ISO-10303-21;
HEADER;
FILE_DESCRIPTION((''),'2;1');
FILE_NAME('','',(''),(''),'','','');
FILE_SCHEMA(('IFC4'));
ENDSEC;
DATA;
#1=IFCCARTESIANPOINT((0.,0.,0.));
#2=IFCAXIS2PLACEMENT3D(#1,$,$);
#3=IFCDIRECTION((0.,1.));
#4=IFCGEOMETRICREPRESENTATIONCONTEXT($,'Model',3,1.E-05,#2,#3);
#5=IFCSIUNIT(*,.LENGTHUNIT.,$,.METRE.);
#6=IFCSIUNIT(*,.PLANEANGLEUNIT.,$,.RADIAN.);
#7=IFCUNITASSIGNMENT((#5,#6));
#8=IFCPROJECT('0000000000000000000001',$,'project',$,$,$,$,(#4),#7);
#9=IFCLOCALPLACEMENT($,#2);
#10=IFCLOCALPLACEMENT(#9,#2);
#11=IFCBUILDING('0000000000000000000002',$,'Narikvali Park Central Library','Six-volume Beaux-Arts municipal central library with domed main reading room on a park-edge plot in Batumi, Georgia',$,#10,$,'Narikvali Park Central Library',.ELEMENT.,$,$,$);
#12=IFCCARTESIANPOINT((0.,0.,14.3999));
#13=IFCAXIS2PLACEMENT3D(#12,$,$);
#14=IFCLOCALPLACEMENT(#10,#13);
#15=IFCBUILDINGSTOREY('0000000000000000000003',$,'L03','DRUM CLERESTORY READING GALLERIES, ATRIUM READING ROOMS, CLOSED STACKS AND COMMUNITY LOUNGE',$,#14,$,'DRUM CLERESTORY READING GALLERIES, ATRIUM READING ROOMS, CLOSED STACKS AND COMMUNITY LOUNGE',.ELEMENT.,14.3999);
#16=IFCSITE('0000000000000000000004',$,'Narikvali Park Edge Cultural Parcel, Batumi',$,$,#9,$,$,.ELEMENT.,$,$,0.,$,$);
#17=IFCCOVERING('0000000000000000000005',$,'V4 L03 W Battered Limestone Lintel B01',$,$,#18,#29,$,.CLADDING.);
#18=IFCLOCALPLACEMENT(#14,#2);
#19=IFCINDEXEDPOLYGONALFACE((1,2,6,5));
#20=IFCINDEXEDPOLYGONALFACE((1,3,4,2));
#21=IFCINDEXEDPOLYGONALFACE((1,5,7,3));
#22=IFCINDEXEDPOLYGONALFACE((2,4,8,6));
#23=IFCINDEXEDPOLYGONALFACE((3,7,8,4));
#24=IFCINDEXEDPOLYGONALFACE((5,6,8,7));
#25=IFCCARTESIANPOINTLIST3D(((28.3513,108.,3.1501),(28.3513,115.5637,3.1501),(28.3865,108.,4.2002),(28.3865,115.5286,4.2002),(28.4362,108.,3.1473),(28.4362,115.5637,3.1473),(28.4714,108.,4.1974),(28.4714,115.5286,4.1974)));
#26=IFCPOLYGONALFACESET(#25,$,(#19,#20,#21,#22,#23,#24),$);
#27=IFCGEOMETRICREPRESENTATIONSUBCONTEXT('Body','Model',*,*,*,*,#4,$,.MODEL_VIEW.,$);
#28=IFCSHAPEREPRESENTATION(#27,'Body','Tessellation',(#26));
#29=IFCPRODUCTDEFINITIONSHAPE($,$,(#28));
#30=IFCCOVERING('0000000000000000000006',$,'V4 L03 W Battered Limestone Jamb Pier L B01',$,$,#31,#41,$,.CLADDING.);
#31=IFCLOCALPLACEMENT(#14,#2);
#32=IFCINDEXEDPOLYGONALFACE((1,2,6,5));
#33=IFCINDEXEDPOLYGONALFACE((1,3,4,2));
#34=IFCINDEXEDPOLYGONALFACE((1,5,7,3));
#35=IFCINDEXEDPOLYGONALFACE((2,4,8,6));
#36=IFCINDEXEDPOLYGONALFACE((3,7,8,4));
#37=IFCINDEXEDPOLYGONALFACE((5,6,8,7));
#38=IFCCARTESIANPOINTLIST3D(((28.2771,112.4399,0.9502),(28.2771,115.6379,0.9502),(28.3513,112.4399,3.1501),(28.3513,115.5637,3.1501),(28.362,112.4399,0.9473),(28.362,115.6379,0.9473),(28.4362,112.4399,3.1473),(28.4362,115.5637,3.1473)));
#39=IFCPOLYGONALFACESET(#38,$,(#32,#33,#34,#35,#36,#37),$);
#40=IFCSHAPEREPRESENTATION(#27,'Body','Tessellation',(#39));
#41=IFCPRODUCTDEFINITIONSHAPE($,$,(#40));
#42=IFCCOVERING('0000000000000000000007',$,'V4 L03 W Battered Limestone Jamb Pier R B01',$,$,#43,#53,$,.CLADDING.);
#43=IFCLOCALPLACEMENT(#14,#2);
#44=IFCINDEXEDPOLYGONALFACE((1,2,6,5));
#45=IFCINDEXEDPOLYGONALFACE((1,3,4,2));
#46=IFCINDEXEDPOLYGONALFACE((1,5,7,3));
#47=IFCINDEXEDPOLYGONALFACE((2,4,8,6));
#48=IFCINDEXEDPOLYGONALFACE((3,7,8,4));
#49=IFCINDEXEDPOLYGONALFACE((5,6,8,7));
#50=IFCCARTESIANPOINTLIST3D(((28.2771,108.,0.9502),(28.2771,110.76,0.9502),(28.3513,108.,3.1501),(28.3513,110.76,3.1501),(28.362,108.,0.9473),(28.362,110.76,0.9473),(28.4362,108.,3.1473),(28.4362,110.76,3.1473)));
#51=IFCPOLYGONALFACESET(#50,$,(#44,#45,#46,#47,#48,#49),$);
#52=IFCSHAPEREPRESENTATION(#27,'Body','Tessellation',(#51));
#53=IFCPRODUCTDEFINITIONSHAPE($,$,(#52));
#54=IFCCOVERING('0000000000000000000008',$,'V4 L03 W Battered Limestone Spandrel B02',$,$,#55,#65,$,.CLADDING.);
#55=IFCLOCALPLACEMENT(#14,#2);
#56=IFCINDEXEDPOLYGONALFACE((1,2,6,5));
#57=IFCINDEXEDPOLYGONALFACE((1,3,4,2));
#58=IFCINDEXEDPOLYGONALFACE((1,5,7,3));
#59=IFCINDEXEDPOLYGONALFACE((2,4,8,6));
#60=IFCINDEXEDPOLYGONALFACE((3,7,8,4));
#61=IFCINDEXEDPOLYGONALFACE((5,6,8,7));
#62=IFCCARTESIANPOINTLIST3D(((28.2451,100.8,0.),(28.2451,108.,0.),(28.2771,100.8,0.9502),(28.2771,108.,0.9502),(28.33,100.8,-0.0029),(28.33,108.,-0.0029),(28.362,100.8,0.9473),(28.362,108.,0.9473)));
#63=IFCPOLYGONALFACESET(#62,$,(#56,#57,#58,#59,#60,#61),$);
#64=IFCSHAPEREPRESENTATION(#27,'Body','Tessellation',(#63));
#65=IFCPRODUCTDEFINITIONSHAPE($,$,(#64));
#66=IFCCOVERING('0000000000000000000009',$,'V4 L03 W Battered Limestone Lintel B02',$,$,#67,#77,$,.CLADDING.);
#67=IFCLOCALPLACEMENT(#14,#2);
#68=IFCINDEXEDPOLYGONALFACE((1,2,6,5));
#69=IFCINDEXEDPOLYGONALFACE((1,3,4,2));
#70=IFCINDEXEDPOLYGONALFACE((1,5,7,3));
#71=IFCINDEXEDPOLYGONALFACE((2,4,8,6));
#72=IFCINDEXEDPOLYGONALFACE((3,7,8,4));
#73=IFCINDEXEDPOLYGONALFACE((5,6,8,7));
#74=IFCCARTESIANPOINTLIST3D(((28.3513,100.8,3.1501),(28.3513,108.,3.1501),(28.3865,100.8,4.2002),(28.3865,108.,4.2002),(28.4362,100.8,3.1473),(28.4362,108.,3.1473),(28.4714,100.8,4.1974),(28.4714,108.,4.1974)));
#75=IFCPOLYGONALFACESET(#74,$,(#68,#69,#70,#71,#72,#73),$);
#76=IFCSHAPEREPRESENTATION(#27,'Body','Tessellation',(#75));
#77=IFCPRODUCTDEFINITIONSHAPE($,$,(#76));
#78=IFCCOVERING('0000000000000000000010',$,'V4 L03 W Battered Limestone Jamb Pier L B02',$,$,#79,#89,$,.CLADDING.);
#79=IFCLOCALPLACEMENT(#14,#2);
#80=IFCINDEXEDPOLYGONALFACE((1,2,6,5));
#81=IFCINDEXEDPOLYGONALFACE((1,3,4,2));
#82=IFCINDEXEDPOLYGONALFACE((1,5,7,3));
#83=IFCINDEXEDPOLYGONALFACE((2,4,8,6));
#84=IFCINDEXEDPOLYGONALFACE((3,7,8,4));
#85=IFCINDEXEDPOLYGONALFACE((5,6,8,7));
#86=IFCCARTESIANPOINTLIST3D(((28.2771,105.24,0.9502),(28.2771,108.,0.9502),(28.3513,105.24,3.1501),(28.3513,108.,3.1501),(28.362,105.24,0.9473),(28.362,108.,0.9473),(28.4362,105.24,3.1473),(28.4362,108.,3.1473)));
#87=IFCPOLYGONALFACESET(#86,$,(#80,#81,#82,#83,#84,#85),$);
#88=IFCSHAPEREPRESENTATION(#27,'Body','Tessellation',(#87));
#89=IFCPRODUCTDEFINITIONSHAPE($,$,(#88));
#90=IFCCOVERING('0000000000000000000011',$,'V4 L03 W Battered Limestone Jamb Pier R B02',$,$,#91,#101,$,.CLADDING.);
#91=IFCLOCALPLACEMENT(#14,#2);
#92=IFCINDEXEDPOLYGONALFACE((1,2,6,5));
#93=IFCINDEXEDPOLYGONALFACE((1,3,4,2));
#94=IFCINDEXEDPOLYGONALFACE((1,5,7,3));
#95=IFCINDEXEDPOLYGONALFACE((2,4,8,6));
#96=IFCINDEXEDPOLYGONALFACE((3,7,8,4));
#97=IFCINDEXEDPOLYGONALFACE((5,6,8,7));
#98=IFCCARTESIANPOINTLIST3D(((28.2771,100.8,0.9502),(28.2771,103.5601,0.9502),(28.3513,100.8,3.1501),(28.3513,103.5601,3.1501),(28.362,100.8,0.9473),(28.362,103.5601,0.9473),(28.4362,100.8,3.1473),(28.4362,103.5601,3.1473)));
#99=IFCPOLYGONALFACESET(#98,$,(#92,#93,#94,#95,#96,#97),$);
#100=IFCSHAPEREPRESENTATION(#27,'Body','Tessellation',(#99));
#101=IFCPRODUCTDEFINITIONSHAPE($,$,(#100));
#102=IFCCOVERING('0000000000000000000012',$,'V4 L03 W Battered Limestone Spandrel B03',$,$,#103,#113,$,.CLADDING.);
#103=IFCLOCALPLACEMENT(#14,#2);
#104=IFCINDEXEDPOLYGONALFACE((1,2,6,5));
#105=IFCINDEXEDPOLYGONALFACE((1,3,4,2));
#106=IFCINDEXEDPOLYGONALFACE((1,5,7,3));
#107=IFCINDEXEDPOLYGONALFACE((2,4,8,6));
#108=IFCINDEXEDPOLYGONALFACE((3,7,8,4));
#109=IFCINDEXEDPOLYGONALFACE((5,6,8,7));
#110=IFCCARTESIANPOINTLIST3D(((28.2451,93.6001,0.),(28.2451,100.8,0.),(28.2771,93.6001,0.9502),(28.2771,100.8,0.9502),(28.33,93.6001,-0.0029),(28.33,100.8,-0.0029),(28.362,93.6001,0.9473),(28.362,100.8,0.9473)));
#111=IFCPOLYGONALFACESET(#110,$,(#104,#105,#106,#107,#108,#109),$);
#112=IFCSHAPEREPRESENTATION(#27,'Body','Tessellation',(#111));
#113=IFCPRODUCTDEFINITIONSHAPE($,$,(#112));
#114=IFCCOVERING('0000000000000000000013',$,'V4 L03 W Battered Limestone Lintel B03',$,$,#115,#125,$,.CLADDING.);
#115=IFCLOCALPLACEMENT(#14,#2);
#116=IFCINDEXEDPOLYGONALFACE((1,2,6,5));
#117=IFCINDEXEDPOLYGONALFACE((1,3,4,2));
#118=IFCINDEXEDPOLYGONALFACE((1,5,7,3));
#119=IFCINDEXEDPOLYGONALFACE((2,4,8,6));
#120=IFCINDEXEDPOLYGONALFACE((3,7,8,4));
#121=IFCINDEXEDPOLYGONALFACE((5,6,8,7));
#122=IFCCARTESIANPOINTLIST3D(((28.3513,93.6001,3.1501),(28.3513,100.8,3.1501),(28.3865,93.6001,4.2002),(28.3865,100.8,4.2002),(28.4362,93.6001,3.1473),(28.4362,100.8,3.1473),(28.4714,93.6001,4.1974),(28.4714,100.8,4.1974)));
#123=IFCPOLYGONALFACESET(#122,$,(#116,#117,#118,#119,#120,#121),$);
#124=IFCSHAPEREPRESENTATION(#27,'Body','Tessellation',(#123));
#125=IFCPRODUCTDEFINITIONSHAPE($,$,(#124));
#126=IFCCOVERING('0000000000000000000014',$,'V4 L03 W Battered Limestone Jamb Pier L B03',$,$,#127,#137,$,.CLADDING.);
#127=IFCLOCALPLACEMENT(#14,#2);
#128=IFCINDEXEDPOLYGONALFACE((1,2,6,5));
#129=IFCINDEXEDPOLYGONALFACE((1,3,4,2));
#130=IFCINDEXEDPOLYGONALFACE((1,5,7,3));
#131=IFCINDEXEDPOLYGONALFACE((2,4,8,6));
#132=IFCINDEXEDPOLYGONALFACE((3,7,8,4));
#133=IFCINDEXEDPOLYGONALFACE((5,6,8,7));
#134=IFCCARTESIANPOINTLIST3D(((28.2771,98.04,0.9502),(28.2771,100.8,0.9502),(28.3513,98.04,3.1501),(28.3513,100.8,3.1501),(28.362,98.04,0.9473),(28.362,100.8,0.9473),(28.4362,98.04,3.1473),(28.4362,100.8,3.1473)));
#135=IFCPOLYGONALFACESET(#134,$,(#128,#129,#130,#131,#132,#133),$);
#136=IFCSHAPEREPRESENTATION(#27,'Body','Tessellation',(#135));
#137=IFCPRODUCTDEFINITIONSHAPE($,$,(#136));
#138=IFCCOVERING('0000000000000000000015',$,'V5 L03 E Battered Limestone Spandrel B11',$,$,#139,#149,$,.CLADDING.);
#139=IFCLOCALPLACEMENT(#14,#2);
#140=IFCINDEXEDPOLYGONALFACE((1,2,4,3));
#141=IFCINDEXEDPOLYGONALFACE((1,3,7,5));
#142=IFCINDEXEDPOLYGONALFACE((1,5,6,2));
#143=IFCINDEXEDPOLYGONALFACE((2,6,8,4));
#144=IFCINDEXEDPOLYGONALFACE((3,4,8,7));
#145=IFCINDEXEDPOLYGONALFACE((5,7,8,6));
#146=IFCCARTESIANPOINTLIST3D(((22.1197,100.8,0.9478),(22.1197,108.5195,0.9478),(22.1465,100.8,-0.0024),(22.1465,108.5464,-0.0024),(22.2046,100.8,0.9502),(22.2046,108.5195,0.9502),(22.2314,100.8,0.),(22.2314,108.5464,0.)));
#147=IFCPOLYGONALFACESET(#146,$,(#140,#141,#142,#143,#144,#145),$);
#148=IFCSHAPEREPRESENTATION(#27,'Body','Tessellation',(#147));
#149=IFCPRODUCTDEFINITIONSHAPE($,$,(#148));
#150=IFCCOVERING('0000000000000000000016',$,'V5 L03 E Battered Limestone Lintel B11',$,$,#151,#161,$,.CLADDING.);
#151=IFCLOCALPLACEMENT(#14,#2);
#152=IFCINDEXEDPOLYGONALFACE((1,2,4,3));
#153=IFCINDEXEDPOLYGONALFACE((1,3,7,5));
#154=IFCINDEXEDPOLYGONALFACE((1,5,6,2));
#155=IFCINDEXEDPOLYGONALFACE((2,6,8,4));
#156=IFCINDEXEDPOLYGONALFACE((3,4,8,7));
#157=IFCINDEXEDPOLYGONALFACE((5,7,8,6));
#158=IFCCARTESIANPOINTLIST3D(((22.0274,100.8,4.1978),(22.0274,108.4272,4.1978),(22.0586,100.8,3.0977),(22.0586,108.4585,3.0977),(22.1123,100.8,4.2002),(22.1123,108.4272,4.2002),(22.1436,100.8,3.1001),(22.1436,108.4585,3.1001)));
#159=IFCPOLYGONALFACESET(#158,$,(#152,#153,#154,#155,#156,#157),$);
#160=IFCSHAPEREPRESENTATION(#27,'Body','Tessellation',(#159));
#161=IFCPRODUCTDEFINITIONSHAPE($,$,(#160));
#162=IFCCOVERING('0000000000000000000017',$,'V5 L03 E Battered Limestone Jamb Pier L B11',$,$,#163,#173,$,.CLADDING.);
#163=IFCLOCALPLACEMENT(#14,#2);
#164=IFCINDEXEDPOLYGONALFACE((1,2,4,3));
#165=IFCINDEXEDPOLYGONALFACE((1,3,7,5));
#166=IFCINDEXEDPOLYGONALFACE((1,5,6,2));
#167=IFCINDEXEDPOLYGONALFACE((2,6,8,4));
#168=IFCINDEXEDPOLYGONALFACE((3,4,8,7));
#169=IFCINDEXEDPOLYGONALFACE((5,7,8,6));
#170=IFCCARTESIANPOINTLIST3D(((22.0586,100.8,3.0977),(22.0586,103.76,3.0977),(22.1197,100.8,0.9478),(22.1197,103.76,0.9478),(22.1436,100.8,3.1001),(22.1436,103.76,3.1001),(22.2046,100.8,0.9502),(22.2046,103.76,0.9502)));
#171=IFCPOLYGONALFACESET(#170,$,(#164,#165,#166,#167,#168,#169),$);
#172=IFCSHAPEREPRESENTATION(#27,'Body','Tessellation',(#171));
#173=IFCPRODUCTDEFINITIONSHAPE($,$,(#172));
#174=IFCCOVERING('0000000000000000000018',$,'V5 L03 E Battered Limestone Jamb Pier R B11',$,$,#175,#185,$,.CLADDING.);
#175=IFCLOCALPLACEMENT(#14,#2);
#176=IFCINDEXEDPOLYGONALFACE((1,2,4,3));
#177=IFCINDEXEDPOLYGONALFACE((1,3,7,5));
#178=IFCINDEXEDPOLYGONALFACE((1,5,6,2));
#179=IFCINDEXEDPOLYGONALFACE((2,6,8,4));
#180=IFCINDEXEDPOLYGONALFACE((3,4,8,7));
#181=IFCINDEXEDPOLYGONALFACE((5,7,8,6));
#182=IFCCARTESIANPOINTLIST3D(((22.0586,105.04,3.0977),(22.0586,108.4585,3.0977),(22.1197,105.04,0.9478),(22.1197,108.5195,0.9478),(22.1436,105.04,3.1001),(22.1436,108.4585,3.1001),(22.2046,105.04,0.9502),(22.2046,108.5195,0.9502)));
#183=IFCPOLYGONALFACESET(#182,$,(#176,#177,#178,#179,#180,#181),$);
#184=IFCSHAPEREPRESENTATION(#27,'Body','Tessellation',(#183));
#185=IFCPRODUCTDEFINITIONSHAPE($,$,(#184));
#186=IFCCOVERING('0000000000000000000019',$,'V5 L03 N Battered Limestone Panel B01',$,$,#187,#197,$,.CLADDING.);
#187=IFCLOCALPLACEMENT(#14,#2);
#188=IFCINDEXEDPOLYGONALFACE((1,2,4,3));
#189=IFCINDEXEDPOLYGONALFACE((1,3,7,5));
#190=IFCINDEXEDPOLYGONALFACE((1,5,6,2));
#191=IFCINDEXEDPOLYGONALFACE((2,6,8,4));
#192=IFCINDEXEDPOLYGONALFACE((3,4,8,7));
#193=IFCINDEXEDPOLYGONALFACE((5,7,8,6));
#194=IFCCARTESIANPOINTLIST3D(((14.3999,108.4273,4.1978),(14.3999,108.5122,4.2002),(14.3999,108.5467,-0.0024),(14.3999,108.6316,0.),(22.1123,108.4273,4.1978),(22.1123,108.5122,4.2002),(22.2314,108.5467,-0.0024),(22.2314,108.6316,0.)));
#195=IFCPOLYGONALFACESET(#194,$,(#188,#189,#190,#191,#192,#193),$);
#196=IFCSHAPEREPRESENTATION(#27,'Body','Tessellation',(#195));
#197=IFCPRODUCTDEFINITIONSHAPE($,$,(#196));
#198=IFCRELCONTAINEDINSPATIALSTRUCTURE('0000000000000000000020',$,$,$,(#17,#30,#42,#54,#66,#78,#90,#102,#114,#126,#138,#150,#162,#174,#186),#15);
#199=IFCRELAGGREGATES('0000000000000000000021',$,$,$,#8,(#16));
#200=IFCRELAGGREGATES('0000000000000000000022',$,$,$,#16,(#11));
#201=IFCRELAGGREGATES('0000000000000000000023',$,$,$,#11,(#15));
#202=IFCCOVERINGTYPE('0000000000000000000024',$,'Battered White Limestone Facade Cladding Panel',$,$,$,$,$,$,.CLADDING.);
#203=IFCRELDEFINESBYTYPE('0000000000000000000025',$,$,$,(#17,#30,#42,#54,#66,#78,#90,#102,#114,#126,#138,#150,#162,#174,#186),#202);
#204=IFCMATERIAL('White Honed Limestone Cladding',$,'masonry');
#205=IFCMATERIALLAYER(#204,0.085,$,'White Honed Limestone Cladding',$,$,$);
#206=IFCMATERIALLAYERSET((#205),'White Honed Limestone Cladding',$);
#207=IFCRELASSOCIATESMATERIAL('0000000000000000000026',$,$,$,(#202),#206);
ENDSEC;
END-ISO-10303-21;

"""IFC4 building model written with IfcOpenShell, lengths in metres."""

from ifc_helpers import new_model, si_unit, direction, frame, origin, place, context, subcontext, project, spatial, polyline, outline, extrude, material, layer, layer_set, type_object, element, save


model = new_model("IFC4")

# Units and contexts
model_context = context("Model", 3, precision=1e-05, world=origin(), true_north=direction((0.0, 1.0)))
body_context = subcontext(model_context, "Body", "Model", "MODEL_VIEW")
ifc_project = project(units=[si_unit("LENGTHUNIT", "METRE"), si_unit("PLANEANGLEUNIT", "RADIAN")], contexts=[model_context])

# Site, building, storey
site_placement = place(None, origin())
site = spatial("IfcSite", under=ifc_project, at=site_placement, Name="Narikvali Park Edge Cultural Parcel, Batumi", CompositionType="ELEMENT", RefElevation=0.0)
building_placement = place(site_placement, origin())
building = spatial("IfcBuilding", under=site, at=building_placement, Name="Narikvali Park Central Library", Description="Six-volume Beaux-Arts municipal central library with domed main reading room on a park-edge plot in Batumi, Georgia", LongName="Narikvali Park Central Library", CompositionType="ELEMENT")
storey_placement = place(building_placement, frame((0.0, 0.0, 14.3999)))
storey = spatial("IfcBuildingStorey", under=building, at=storey_placement, Name="L03", Description="DRUM CLERESTORY READING GALLERIES, ATRIUM READING ROOMS, CLOSED STACKS AND COMMUNITY LOUNGE", LongName="DRUM CLERESTORY READING GALLERIES, ATRIUM READING ROOMS, CLOSED STACKS AND COMMUNITY LOUNGE", CompositionType="ELEMENT", Elevation=14.3999)

# Coverings
ifc_material_1 = material(Name="White Honed Limestone Cladding", Category="masonry")
ifc_layer_1 = layer(ifc_material_1, 0.085, Name="White Honed Limestone Cladding")
ifc_layer_set_1 = layer_set([ifc_layer_1], Name="White Honed Limestone Cladding")
covering_type = type_object("IfcCoveringType", Name="Battered White Limestone Facade Cladding Panel", PredefinedType="CLADDING", material=ifc_layer_set_1)
covering_1_placement = place(storey_placement, frame((28.3513, 115.5637, 3.1501), z_axis=(-0.99944, 0.0, 0.033462), x_axis=(0.0, -1.0, 0.0)))
element("IfcCovering", 1, at=covering_1_placement, inside=storey, type_object=covering_type, Name="V4 L03 W Battered Limestone Lintel B01", PredefinedType="CLADDING", context=body_context, shape_type="SweptSolid", body=[
    extrude(outline(polyline([(0.0, 0.0), (7.5637, 0.0), (7.5637, 1.0506), (0.0352, 1.0506), (0.0, 0.0)])), origin(), (0.0, 0.0, -1.0), 0.085),
])
covering_2_placement = place(storey_placement, frame((28.2771, 115.6379, 0.9502), z_axis=(-0.999431, 0.0, 0.033717), x_axis=(0.0, -1.0, 0.0)))
element("IfcCovering", 2, at=covering_2_placement, inside=storey, type_object=covering_type, Name="V4 L03 W Battered Limestone Jamb Pier L B01", PredefinedType="CLADDING", context=body_context, shape_type="SweptSolid", body=[
    extrude(outline(polyline([(0.0, 0.0), (3.198, 0.0), (3.198, 2.2012), (0.0742, 2.2012), (0.0, 0.0)])), origin(), (0.0, 0.0, -1.0), 0.085),
])
covering_3_placement = place(storey_placement, frame((28.2771, 110.76, 0.9502), z_axis=(-0.999431, 0.0, 0.033717), x_axis=(0.0, -1.0, 0.0)))
element("IfcCovering", 3, at=covering_3_placement, inside=storey, type_object=covering_type, Name="V4 L03 W Battered Limestone Jamb Pier R B01", PredefinedType="CLADDING", context=body_context, shape_type="SweptSolid", body=[
    extrude(outline(polyline([(0.0, 0.0), (2.76, 0.0), (2.76, 2.2012), (0.0, 2.2012), (0.0, 0.0)])), origin(), (0.0, 0.0, -1.0), 0.085),
])
covering_4_placement = place(storey_placement, frame((28.2451, 108.0, 0.0), z_axis=(-0.999434, 0.0, 0.03364), x_axis=(0.0, -1.0, 0.0)))
element("IfcCovering", 4, at=covering_4_placement, inside=storey, type_object=covering_type, Name="V4 L03 W Battered Limestone Spandrel B02", PredefinedType="CLADDING", context=body_context, shape_type="SweptSolid", body=[
    extrude(outline(polyline([(0.0, 0.0), (7.2, 0.0), (7.2, 0.9507), (0.0, 0.9507), (0.0, 0.0)])), origin(), (0.0, 0.0, -1.0), 0.085),
])
covering_5_placement = place(storey_placement, frame((28.3513, 108.0, 3.1501), z_axis=(-0.99944, 0.0, 0.033462), x_axis=(0.0, -1.0, 0.0)))
element("IfcCovering", 5, at=covering_5_placement, inside=storey, type_object=covering_type, Name="V4 L03 W Battered Limestone Lintel B02", PredefinedType="CLADDING", context=body_context, shape_type="SweptSolid", body=[
    extrude(outline(polyline([(0.0, 0.0), (7.2, 0.0), (7.2, 1.0506), (0.0, 1.0506), (0.0, 0.0)])), origin(), (0.0, 0.0, -1.0), 0.085),
])
for number, where, z_axis, x_axis, name in (
    (6, (28.2771, 108.0, 0.9502), (-0.999431, 0.0, 0.033717), (0.0, -1.0, 0.0), "V4 L03 W Battered Limestone Jamb Pier L B02"),
    (7, (28.2771, 103.5601, 0.9502), (-0.999431, 0.0, 0.033717), (0.0, -1.0, 0.0), "V4 L03 W Battered Limestone Jamb Pier R B02"),
):
    element("IfcCovering", number, at=place(storey_placement, frame(where, z_axis=z_axis, x_axis=x_axis)), inside=storey, type_object=covering_type, Name=name, PredefinedType="CLADDING", context=body_context, shape_type="SweptSolid", body=[
        extrude(outline(polyline([(0.0, 0.0), (2.76, 0.0), (2.76, 2.2012), (0.0, 2.2012), (0.0, 0.0)])), origin(), (0.0, 0.0, -1.0), 0.085),
    ])
covering_6_placement = place(storey_placement, frame((28.2451, 100.8, 0.0), z_axis=(-0.999434, 0.0, 0.03364), x_axis=(0.0, -1.0, 0.0)))
element("IfcCovering", 8, at=covering_6_placement, inside=storey, type_object=covering_type, Name="V4 L03 W Battered Limestone Spandrel B03", PredefinedType="CLADDING", context=body_context, shape_type="SweptSolid", body=[
    extrude(outline(polyline([(0.0, 0.0), (7.2, 0.0), (7.2, 0.9507), (0.0, 0.9507), (0.0, 0.0)])), origin(), (0.0, 0.0, -1.0), 0.085),
])
covering_7_placement = place(storey_placement, frame((28.3513, 100.8, 3.1501), z_axis=(-0.99944, 0.0, 0.033462), x_axis=(0.0, -1.0, 0.0)))
element("IfcCovering", 9, at=covering_7_placement, inside=storey, type_object=covering_type, Name="V4 L03 W Battered Limestone Lintel B03", PredefinedType="CLADDING", context=body_context, shape_type="SweptSolid", body=[
    extrude(outline(polyline([(0.0, 0.0), (7.2, 0.0), (7.2, 1.0506), (0.0, 1.0506), (0.0, 0.0)])), origin(), (0.0, 0.0, -1.0), 0.085),
])
covering_8_placement = place(storey_placement, frame((28.2771, 100.8, 0.9502), z_axis=(-0.999431, 0.0, 0.033717), x_axis=(0.0, -1.0, 0.0)))
element("IfcCovering", 10, at=covering_8_placement, inside=storey, type_object=covering_type, Name="V4 L03 W Battered Limestone Jamb Pier L B03", PredefinedType="CLADDING", context=body_context, shape_type="SweptSolid", body=[
    extrude(outline(polyline([(0.0, 0.0), (2.76, 0.0), (2.76, 2.2012), (0.0, 2.2012), (0.0, 0.0)])), origin(), (0.0, 0.0, -1.0), 0.085),
])
covering_9_placement = place(storey_placement, frame((22.2314, 100.8, 0.0), z_axis=(0.999601, 0.0, 0.028252), x_axis=(0.0, 1.0, 0.0)))
element("IfcCovering", 11, at=covering_9_placement, inside=storey, type_object=covering_type, Name="V5 L03 E Battered Limestone Spandrel B11", PredefinedType="CLADDING", context=body_context, shape_type="SweptSolid", body=[
    extrude(outline(polyline([(0.0, 0.0), (7.7463, 0.0), (7.7195, 0.9506), (0.0, 0.9506), (0.0, 0.0)])), origin(), (0.0, 0.0, -1.0), 0.085),
])
covering_10_placement = place(storey_placement, frame((22.1436, 100.8, 3.1001), z_axis=(0.999597, 0.0, 0.028395), x_axis=(0.0, 1.0, 0.0)))
element("IfcCovering", 12, at=covering_10_placement, inside=storey, type_object=covering_type, Name="V5 L03 E Battered Limestone Lintel B11", PredefinedType="CLADDING", context=body_context, shape_type="SweptSolid", body=[
    extrude(outline(polyline([(0.0, 0.0), (7.6584, 0.0), (7.6272, 1.1005), (0.0, 1.1005), (0.0, 0.0)])), origin(), (0.0, 0.0, -1.0), 0.085),
])
covering_11_placement = place(storey_placement, frame((22.2046, 100.8, 0.9502), z_axis=(0.999597, 0.0, 0.028378), x_axis=(0.0, 1.0, 0.0)))
element("IfcCovering", 13, at=covering_11_placement, inside=storey, type_object=covering_type, Name="V5 L03 E Battered Limestone Jamb Pier L B11", PredefinedType="CLADDING", context=body_context, shape_type="SweptSolid", body=[
    extrude(outline(polyline([(0.0, 0.0), (2.96, 0.0), (2.96, 2.1508), (0.0, 2.1508), (0.0, 0.0)])), origin(), (0.0, 0.0, -1.0), 0.085),
])
covering_12_placement = place(storey_placement, frame((22.2046, 105.04, 0.9502), z_axis=(0.999597, 0.0, 0.028378), x_axis=(0.0, 1.0, 0.0)))
element("IfcCovering", 14, at=covering_12_placement, inside=storey, type_object=covering_type, Name="V5 L03 E Battered Limestone Jamb Pier R B11", PredefinedType="CLADDING", context=body_context, shape_type="SweptSolid", body=[
    extrude(outline(polyline([(0.0, 0.0), (3.4795, 0.0), (3.4185, 2.1508), (0.0, 2.1508), (0.0, 0.0)])), origin(), (0.0, 0.0, -1.0), 0.085),
])
covering_13_placement = place(storey_placement, frame((22.2314, 108.6316, 0.0), z_axis=(0.0, 0.999596, 0.028412), x_axis=(-1.0, 0.0, 0.0)))
element("IfcCovering", 15, at=covering_13_placement, inside=storey, type_object=covering_type, Name="V5 L03 N Battered Limestone Panel B01", PredefinedType="CLADDING", context=body_context, shape_type="SweptSolid", body=[
    extrude(outline(polyline([(0.0, 0.0), (7.8315, 0.0), (7.8315, 4.2019), (0.1191, 4.2019), (0.0, 0.0)])), origin(), (0.0, 0.0, -1.0), 0.085),
])

save(model, "model.ifc")
